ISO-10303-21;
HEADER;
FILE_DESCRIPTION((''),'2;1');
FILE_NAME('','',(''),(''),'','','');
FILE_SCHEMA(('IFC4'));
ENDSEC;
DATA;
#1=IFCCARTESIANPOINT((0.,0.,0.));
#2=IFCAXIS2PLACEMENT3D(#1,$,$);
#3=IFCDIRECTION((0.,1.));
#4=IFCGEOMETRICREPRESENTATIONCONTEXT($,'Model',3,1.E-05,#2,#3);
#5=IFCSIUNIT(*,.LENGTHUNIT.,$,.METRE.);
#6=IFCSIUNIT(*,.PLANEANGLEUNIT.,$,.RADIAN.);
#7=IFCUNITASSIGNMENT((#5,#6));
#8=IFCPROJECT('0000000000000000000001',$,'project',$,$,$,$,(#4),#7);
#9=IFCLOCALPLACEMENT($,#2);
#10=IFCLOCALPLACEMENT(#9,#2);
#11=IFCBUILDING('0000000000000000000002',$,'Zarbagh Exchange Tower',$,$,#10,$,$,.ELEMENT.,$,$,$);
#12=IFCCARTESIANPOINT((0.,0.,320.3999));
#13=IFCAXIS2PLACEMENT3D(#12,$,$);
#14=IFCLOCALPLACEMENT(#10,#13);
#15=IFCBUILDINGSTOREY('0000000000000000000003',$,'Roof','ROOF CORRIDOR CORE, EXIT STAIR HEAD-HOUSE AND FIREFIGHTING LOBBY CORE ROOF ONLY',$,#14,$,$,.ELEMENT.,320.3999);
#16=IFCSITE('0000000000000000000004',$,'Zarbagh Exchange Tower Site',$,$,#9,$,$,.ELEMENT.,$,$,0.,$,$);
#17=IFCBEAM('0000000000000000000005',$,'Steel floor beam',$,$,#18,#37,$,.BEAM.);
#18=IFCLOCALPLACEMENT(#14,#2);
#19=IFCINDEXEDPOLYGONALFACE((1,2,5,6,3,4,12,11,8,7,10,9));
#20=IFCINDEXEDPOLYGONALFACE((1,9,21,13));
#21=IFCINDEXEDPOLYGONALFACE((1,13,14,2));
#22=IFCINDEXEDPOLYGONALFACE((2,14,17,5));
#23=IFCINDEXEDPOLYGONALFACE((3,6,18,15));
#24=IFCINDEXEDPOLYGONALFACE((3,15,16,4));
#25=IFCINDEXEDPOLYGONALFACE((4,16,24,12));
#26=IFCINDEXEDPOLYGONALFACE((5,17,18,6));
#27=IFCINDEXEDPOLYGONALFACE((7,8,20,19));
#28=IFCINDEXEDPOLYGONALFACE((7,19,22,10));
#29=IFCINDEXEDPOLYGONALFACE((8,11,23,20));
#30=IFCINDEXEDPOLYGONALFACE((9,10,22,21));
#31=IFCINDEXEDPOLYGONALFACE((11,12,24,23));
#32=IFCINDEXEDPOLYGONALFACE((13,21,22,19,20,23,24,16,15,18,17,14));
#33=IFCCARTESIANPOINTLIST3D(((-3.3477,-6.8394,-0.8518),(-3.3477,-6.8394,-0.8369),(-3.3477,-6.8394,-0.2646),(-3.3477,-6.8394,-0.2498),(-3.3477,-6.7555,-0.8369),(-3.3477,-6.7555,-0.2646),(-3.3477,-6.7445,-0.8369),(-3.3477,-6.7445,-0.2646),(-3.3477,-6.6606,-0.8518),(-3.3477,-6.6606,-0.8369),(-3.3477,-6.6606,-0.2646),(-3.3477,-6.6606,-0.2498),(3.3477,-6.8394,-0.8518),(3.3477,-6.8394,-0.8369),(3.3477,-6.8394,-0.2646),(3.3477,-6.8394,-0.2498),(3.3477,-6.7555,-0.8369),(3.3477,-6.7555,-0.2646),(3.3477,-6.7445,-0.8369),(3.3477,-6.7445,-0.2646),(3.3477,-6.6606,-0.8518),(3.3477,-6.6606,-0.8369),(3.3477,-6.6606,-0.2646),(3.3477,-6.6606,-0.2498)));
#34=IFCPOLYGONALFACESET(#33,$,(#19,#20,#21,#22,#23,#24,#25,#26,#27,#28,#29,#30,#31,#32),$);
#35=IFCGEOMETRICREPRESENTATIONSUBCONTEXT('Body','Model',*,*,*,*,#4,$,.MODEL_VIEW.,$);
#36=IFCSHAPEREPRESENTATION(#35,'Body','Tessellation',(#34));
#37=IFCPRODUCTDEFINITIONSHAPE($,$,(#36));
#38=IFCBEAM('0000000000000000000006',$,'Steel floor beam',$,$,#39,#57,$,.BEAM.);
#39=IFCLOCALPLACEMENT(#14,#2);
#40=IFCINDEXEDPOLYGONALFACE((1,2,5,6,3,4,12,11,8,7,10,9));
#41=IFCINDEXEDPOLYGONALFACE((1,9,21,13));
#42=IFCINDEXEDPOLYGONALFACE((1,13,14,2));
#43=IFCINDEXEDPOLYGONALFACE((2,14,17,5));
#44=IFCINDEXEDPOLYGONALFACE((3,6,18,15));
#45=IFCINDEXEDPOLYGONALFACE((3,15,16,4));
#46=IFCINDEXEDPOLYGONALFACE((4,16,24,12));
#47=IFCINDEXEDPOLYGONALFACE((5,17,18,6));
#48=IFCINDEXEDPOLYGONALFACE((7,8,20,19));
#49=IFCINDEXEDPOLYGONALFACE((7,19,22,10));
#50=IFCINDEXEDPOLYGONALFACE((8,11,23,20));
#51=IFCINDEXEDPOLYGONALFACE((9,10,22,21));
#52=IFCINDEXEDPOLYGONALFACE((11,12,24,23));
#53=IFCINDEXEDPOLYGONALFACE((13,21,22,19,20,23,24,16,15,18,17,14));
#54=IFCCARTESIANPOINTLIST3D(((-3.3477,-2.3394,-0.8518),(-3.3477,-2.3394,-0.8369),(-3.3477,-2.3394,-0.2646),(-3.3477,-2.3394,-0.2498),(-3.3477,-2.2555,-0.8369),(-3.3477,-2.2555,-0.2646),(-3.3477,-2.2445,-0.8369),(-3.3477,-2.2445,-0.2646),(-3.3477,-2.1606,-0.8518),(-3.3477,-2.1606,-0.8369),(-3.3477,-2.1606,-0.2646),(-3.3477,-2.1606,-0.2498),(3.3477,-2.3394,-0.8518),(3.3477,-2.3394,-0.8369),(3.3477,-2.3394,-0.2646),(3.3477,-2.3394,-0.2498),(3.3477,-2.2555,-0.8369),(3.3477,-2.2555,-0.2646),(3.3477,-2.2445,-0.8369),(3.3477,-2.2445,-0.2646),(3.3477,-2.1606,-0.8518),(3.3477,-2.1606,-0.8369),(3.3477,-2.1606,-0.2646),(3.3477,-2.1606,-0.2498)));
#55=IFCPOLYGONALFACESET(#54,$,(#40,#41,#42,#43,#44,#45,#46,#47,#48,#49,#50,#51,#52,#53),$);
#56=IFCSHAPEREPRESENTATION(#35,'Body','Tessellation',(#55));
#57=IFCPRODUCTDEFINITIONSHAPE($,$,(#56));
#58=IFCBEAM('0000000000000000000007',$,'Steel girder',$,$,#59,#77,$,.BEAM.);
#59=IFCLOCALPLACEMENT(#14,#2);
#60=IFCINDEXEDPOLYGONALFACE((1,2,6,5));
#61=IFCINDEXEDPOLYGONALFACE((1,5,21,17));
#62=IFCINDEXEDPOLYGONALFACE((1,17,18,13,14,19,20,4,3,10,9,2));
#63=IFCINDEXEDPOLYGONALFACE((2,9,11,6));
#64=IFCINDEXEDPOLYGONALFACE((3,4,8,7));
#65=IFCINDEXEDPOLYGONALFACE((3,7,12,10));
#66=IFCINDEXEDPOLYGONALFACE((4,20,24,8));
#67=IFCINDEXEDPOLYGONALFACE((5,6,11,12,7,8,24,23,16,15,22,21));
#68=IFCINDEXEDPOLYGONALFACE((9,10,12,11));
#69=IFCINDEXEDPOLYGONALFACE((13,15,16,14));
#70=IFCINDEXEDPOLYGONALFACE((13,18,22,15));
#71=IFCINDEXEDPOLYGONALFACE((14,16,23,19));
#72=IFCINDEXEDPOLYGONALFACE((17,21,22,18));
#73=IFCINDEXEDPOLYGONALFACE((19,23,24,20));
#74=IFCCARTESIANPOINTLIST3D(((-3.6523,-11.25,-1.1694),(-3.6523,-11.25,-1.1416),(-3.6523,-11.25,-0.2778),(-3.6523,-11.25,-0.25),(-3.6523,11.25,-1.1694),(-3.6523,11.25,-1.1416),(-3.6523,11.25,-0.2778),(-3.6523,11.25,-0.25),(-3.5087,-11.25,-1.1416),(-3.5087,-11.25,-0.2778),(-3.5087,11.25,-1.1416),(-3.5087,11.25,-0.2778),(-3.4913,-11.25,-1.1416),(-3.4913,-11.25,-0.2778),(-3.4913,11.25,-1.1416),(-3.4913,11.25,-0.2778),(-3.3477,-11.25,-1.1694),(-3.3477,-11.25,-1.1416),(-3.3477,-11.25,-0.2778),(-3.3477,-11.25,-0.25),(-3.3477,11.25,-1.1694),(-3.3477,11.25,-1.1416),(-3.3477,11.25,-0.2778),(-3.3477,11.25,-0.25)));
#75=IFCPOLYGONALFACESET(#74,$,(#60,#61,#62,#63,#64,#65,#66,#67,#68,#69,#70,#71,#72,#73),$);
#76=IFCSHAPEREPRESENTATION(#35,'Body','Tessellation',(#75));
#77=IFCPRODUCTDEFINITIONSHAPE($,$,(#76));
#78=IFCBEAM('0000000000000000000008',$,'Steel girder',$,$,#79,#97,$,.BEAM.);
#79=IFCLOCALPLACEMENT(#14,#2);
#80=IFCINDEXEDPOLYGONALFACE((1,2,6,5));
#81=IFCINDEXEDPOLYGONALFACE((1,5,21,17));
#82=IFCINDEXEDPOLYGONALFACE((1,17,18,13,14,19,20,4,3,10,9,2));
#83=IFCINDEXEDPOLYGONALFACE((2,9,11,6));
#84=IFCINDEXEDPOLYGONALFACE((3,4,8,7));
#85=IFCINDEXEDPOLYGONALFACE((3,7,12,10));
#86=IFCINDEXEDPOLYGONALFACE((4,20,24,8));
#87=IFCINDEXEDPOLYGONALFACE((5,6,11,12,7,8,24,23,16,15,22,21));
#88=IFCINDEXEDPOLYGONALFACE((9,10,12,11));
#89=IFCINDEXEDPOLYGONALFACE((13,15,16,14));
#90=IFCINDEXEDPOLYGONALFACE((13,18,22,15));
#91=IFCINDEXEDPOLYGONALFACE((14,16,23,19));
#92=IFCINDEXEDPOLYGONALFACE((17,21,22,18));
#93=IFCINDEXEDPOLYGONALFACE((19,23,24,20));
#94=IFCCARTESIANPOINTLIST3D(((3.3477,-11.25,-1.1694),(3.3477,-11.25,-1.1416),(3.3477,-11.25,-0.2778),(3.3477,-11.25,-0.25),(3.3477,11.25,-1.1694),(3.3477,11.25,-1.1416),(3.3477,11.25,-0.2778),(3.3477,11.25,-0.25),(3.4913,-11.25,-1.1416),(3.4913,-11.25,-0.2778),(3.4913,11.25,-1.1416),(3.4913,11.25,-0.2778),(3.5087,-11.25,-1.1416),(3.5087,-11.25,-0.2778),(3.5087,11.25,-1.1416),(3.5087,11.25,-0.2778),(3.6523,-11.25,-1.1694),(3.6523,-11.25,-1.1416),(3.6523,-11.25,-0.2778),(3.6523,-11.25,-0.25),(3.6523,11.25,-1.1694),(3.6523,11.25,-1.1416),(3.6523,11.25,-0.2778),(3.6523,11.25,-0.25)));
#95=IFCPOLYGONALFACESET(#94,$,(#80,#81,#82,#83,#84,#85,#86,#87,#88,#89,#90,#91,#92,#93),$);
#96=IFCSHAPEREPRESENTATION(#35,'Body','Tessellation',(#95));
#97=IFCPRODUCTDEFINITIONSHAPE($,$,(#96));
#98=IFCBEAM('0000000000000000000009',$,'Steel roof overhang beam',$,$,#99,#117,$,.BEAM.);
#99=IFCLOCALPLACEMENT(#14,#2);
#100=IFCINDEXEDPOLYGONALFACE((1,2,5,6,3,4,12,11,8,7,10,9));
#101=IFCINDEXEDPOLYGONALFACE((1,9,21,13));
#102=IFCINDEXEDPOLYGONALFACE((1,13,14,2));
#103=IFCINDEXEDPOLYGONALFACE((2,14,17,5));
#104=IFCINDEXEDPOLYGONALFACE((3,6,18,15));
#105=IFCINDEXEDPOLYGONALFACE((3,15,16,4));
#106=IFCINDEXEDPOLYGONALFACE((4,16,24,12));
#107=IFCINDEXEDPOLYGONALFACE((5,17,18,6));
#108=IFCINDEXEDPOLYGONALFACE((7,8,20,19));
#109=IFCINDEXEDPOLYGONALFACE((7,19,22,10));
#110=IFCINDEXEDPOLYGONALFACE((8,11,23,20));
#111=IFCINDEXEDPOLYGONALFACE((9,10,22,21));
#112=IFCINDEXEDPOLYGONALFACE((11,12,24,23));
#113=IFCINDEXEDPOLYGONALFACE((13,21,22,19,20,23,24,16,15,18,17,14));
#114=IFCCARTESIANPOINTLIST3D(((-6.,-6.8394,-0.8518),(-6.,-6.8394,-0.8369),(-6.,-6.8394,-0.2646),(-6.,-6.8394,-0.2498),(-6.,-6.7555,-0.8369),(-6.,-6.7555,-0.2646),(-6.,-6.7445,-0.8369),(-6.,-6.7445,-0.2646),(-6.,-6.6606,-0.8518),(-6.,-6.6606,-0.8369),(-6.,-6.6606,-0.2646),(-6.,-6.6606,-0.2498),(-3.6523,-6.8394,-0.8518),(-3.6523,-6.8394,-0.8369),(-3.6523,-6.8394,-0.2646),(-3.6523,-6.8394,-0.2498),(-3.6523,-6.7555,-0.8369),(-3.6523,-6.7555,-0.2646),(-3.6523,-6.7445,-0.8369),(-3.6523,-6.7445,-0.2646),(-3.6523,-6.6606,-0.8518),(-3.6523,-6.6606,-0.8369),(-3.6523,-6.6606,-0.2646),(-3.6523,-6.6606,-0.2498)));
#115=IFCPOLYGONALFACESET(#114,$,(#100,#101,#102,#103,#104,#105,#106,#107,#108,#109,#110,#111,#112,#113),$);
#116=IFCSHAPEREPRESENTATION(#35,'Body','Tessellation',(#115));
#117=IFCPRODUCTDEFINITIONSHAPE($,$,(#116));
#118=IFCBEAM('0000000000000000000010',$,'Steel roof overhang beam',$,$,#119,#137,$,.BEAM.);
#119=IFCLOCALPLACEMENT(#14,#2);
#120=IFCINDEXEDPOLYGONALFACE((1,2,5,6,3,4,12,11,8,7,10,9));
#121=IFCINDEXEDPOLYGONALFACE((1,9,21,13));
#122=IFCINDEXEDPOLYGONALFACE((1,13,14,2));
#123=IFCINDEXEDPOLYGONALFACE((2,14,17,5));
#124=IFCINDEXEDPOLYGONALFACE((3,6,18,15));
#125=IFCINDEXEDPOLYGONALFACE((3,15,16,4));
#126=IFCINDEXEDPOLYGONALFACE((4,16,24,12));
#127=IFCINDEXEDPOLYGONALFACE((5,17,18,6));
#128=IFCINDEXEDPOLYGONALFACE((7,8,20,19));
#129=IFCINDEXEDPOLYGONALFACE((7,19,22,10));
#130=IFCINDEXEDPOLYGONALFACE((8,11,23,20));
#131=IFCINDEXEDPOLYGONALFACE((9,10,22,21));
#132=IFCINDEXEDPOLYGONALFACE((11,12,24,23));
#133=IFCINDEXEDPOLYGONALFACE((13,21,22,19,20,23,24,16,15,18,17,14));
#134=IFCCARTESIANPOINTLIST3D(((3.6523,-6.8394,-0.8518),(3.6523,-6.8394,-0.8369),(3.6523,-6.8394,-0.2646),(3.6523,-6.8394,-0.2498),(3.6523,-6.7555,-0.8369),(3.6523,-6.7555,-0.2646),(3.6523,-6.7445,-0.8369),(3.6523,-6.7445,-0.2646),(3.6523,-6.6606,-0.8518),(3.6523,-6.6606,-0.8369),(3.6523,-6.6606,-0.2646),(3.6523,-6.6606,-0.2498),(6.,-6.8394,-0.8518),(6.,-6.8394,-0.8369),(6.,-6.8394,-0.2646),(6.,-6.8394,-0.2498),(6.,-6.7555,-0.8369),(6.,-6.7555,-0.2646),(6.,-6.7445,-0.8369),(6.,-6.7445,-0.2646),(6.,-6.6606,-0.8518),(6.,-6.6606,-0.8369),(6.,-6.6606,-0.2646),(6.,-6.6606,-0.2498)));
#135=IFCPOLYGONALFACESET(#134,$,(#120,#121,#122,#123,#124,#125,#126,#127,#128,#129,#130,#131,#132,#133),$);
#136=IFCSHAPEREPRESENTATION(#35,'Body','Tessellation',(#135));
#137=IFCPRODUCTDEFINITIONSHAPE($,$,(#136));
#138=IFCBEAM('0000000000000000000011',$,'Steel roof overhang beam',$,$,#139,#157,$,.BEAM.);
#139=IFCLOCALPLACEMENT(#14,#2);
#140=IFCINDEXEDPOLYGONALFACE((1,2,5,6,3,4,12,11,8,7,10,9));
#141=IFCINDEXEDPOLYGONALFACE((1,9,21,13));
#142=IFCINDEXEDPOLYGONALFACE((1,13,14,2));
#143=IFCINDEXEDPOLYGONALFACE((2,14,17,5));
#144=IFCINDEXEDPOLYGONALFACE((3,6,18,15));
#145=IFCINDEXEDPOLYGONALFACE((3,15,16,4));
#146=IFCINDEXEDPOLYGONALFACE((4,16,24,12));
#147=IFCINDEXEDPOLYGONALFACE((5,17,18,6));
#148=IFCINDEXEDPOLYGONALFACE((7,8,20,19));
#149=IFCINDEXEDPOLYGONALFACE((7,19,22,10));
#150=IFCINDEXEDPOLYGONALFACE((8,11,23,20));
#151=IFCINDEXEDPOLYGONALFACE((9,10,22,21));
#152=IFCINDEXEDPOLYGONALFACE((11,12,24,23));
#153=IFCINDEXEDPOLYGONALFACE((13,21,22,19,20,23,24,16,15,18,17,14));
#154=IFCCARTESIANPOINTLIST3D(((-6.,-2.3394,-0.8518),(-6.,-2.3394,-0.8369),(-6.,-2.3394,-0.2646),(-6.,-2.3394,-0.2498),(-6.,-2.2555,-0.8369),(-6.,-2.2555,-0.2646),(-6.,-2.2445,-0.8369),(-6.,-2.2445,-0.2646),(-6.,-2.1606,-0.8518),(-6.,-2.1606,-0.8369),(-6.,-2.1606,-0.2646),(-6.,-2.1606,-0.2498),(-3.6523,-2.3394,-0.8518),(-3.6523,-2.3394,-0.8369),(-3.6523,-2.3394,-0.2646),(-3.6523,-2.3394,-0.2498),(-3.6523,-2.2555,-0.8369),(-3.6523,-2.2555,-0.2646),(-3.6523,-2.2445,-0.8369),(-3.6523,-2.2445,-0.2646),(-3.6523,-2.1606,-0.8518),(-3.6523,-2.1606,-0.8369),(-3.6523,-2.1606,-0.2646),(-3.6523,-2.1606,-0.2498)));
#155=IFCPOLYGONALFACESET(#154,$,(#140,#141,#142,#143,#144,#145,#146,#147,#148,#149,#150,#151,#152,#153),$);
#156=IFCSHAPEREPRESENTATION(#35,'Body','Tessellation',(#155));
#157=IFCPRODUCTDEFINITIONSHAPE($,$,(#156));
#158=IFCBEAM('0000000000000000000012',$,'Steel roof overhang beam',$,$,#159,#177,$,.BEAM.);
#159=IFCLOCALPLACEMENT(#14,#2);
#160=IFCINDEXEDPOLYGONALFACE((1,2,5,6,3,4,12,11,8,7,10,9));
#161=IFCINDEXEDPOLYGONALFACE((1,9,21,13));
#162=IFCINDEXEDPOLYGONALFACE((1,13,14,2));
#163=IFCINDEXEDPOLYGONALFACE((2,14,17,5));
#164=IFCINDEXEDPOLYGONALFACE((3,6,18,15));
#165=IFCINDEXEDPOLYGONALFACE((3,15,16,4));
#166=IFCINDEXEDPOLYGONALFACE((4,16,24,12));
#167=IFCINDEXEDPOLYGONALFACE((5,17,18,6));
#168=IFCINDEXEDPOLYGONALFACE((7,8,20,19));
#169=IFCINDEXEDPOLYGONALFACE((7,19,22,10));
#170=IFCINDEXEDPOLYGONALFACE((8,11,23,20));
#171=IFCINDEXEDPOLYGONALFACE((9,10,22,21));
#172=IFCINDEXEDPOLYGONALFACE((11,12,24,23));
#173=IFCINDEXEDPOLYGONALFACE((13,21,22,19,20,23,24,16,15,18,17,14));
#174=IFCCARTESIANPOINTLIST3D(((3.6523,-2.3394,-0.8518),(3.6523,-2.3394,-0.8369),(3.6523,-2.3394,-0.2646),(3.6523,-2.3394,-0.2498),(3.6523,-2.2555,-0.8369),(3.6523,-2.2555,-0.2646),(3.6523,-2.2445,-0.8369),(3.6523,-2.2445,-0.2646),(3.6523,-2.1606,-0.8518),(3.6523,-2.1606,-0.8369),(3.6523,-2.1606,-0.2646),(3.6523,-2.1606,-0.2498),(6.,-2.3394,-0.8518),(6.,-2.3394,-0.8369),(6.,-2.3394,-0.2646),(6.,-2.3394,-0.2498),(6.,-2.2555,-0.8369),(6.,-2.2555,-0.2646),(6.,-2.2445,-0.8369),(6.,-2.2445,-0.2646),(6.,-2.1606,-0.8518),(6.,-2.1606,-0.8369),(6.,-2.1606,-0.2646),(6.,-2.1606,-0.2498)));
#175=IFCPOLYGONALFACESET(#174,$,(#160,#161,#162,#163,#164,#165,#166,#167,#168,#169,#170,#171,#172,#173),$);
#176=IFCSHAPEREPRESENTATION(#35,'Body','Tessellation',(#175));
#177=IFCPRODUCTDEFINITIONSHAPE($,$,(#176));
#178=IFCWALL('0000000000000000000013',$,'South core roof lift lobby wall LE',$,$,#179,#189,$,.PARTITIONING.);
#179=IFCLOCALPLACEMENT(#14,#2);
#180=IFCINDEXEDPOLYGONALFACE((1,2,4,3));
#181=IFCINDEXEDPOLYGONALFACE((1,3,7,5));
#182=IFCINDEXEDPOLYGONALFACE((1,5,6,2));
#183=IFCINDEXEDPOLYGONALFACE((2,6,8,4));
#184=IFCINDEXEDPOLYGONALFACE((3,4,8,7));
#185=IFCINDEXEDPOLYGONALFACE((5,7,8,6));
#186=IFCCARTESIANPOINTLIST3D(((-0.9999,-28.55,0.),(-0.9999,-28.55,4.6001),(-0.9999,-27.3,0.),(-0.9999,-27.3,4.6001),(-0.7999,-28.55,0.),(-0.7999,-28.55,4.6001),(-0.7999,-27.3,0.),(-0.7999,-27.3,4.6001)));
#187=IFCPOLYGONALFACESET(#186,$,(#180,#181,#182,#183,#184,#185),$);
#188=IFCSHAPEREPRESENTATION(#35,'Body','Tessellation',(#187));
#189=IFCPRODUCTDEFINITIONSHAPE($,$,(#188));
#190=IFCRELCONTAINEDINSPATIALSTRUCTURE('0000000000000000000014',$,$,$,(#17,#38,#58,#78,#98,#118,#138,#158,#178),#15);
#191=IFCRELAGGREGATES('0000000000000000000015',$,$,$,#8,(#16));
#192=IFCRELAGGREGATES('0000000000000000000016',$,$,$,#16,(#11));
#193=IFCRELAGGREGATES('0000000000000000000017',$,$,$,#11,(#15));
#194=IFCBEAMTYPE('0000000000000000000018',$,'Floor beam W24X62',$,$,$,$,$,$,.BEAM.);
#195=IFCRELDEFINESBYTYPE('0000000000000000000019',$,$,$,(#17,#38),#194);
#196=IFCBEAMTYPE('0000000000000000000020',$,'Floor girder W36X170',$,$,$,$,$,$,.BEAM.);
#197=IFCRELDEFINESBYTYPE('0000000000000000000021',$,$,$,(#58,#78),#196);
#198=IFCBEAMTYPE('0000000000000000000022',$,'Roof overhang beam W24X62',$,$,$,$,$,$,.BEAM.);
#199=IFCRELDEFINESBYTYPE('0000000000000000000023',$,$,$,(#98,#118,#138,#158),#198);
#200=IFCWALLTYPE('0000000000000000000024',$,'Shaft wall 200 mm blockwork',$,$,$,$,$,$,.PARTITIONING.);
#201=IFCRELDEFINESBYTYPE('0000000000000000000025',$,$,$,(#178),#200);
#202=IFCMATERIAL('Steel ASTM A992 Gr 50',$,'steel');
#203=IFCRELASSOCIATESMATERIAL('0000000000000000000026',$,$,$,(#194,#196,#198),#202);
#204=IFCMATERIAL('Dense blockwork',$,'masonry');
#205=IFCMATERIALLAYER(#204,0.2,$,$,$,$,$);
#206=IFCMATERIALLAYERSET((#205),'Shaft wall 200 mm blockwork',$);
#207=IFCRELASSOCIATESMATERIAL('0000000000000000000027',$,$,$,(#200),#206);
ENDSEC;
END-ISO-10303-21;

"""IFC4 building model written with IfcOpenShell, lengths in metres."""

from ifc_helpers import new_model, si_unit, direction, frame, frame_2d, origin, origin_2d, place, context, subcontext, project, spatial, rectangle, i_section, extrude, material, layer, layer_set, material_profile, profile_set, type_object, element, save


model = new_model("IFC4")

# Units and contexts
model_context = context("Model", 3, precision=1e-05, world=origin(), true_north=direction((0.0, 1.0)))
body_context = subcontext(model_context, "Body", "Model", "MODEL_VIEW")
ifc_project = project(units=[si_unit("LENGTHUNIT", "METRE"), si_unit("PLANEANGLEUNIT", "RADIAN")], contexts=[model_context])

# Site, building, storey
site_placement = place(None, origin())
site = spatial("IfcSite", under=ifc_project, at=site_placement, Name="Zarbagh Exchange Tower Site", CompositionType="ELEMENT", RefElevation=0.0)
building_placement = place(site_placement, origin())
building = spatial("IfcBuilding", under=site, at=building_placement, Name="Zarbagh Exchange Tower", CompositionType="ELEMENT")
storey_placement = place(building_placement, frame((0.0, 0.0, 320.3999)))
storey = spatial("IfcBuildingStorey", under=building, at=storey_placement, Name="Roof", Description="ROOF CORRIDOR CORE, EXIT STAIR HEAD-HOUSE AND FIREFIGHTING LOBBY CORE ROOF ONLY", CompositionType="ELEMENT", Elevation=320.3999)

# Beams
ifc_material_1 = material(Name="Steel ASTM A992 Gr 50", Category="steel")
ifc_material_profile_1 = material_profile(ifc_material_1, i_section(OverallWidth=0.1787, OverallDepth=0.6021, WebThickness=0.011, FlangeThickness=0.0149, at=origin_2d()), Name="W24X62")
ifc_profile_set_1 = profile_set([ifc_material_profile_1], Name="Steel ASTM A992 Gr 50")
beam_type_1 = type_object("IfcBeamType", Name="Floor beam W24X62", PredefinedType="BEAM", material=ifc_profile_set_1)
for number, where, z_axis, x_axis, name in (
    (1, (-3.3477, -6.75, -0.5508), (1.0, 0.0, 0.0), (0.0, 1.0, 0.0), "Steel floor beam"),
    (2, (-3.3477, -2.25, -0.5508), (1.0, 0.0, 0.0), (0.0, 1.0, 0.0), "Steel floor beam"),
):
    element("IfcBeam", number, at=place(storey_placement, frame(where, z_axis=z_axis, x_axis=x_axis)), inside=storey, type_object=beam_type_1, Name=name, PredefinedType="BEAM", context=body_context, shape_type="SweptSolid", body=[
        extrude(i_section(OverallWidth=0.1787, OverallDepth=0.6021, WebThickness=0.011, FlangeThickness=0.0149, at=origin_2d()), origin(), (0.0, 0.0, 1.0), 6.6953),
    ])
ifc_material_profile_2 = material_profile(ifc_material_1, i_section(OverallWidth=0.3047, OverallDepth=0.9194, WebThickness=0.0173, FlangeThickness=0.0278, at=origin_2d()), Name="W36X170")
ifc_profile_set_2 = profile_set([ifc_material_profile_2], Name="Steel ASTM A992 Gr 50")
beam_type_2 = type_object("IfcBeamType", Name="Floor girder W36X170", PredefinedType="BEAM", material=ifc_profile_set_2)
for number, where, z_axis, x_axis, name in (
    (3, (-3.5, -11.25, -0.7097), (0.0, 1.0, 0.0), (-1.0, 0.0, 0.0), "Steel girder"),
    (4, (3.5, -11.25, -0.7097), (0.0, 1.0, 0.0), (-1.0, 0.0, 0.0), "Steel girder"),
):
    element("IfcBeam", number, at=place(storey_placement, frame(where, z_axis=z_axis, x_axis=x_axis)), inside=storey, type_object=beam_type_2, Name=name, PredefinedType="BEAM", context=body_context, shape_type="SweptSolid", body=[
        extrude(i_section(OverallWidth=0.3047, OverallDepth=0.9194, WebThickness=0.0173, FlangeThickness=0.0278, at=origin_2d()), origin(), (0.0, 0.0, 1.0), 22.5),
    ])
ifc_material_profile_3 = material_profile(ifc_material_1, i_section(OverallWidth=0.1787, OverallDepth=0.6021, WebThickness=0.011, FlangeThickness=0.0149, at=origin_2d()), Name="W24X62")
ifc_profile_set_3 = profile_set([ifc_material_profile_3], Name="Steel ASTM A992 Gr 50")
beam_type_3 = type_object("IfcBeamType", Name="Roof overhang beam W24X62", PredefinedType="BEAM", material=ifc_profile_set_3)
for number, where, z_axis, x_axis, name in (
    (5, (-3.6523, -6.75, -0.5508), (-1.0, 0.0, 0.0), (0.0, -1.0, 0.0), "Steel roof overhang beam"),
    (6, (3.6523, -6.75, -0.5508), (1.0, 0.0, 0.0), (0.0, 1.0, 0.0), "Steel roof overhang beam"),
    (7, (-3.6523, -2.25, -0.5508), (-1.0, 0.0, 0.0), (0.0, -1.0, 0.0), "Steel roof overhang beam"),
    (8, (3.6523, -2.25, -0.5508), (1.0, 0.0, 0.0), (0.0, 1.0, 0.0), "Steel roof overhang beam"),
):
    element("IfcBeam", number, at=place(storey_placement, frame(where, z_axis=z_axis, x_axis=x_axis)), inside=storey, type_object=beam_type_3, Name=name, PredefinedType="BEAM", context=body_context, shape_type="SweptSolid", body=[
        extrude(i_section(OverallWidth=0.1787, OverallDepth=0.6021, WebThickness=0.011, FlangeThickness=0.0149, at=origin_2d()), origin(), (0.0, 0.0, 1.0), 2.3477),
    ])

# Wall
ifc_material_2 = material(Name="Dense blockwork", Category="masonry")
ifc_layer_1 = layer(ifc_material_2, 0.2)
ifc_layer_set_1 = layer_set([ifc_layer_1], Name="Shaft wall 200 mm blockwork")
wall_type_1 = type_object("IfcWallType", Name="Shaft wall 200 mm blockwork", PredefinedType="PARTITIONING", material=ifc_layer_set_1)
wall_1_placement = place(storey_placement, frame((-0.8999, -28.55, 0.0), z_axis=(0.0, 0.0, 1.0), x_axis=(0.0, 1.0, 0.0)))
element("IfcWall", 9, at=wall_1_placement, inside=storey, type_object=wall_type_1, Name="South core roof lift lobby wall LE", PredefinedType="PARTITIONING", context=body_context, shape_type="SweptSolid", body=[
    extrude(rectangle(XDim=1.25, YDim=0.2, at=frame_2d((0.625, 0.0))), origin(), (0.0, 0.0, 1.0), 4.6001),
])

save(model, "model.ifc")
